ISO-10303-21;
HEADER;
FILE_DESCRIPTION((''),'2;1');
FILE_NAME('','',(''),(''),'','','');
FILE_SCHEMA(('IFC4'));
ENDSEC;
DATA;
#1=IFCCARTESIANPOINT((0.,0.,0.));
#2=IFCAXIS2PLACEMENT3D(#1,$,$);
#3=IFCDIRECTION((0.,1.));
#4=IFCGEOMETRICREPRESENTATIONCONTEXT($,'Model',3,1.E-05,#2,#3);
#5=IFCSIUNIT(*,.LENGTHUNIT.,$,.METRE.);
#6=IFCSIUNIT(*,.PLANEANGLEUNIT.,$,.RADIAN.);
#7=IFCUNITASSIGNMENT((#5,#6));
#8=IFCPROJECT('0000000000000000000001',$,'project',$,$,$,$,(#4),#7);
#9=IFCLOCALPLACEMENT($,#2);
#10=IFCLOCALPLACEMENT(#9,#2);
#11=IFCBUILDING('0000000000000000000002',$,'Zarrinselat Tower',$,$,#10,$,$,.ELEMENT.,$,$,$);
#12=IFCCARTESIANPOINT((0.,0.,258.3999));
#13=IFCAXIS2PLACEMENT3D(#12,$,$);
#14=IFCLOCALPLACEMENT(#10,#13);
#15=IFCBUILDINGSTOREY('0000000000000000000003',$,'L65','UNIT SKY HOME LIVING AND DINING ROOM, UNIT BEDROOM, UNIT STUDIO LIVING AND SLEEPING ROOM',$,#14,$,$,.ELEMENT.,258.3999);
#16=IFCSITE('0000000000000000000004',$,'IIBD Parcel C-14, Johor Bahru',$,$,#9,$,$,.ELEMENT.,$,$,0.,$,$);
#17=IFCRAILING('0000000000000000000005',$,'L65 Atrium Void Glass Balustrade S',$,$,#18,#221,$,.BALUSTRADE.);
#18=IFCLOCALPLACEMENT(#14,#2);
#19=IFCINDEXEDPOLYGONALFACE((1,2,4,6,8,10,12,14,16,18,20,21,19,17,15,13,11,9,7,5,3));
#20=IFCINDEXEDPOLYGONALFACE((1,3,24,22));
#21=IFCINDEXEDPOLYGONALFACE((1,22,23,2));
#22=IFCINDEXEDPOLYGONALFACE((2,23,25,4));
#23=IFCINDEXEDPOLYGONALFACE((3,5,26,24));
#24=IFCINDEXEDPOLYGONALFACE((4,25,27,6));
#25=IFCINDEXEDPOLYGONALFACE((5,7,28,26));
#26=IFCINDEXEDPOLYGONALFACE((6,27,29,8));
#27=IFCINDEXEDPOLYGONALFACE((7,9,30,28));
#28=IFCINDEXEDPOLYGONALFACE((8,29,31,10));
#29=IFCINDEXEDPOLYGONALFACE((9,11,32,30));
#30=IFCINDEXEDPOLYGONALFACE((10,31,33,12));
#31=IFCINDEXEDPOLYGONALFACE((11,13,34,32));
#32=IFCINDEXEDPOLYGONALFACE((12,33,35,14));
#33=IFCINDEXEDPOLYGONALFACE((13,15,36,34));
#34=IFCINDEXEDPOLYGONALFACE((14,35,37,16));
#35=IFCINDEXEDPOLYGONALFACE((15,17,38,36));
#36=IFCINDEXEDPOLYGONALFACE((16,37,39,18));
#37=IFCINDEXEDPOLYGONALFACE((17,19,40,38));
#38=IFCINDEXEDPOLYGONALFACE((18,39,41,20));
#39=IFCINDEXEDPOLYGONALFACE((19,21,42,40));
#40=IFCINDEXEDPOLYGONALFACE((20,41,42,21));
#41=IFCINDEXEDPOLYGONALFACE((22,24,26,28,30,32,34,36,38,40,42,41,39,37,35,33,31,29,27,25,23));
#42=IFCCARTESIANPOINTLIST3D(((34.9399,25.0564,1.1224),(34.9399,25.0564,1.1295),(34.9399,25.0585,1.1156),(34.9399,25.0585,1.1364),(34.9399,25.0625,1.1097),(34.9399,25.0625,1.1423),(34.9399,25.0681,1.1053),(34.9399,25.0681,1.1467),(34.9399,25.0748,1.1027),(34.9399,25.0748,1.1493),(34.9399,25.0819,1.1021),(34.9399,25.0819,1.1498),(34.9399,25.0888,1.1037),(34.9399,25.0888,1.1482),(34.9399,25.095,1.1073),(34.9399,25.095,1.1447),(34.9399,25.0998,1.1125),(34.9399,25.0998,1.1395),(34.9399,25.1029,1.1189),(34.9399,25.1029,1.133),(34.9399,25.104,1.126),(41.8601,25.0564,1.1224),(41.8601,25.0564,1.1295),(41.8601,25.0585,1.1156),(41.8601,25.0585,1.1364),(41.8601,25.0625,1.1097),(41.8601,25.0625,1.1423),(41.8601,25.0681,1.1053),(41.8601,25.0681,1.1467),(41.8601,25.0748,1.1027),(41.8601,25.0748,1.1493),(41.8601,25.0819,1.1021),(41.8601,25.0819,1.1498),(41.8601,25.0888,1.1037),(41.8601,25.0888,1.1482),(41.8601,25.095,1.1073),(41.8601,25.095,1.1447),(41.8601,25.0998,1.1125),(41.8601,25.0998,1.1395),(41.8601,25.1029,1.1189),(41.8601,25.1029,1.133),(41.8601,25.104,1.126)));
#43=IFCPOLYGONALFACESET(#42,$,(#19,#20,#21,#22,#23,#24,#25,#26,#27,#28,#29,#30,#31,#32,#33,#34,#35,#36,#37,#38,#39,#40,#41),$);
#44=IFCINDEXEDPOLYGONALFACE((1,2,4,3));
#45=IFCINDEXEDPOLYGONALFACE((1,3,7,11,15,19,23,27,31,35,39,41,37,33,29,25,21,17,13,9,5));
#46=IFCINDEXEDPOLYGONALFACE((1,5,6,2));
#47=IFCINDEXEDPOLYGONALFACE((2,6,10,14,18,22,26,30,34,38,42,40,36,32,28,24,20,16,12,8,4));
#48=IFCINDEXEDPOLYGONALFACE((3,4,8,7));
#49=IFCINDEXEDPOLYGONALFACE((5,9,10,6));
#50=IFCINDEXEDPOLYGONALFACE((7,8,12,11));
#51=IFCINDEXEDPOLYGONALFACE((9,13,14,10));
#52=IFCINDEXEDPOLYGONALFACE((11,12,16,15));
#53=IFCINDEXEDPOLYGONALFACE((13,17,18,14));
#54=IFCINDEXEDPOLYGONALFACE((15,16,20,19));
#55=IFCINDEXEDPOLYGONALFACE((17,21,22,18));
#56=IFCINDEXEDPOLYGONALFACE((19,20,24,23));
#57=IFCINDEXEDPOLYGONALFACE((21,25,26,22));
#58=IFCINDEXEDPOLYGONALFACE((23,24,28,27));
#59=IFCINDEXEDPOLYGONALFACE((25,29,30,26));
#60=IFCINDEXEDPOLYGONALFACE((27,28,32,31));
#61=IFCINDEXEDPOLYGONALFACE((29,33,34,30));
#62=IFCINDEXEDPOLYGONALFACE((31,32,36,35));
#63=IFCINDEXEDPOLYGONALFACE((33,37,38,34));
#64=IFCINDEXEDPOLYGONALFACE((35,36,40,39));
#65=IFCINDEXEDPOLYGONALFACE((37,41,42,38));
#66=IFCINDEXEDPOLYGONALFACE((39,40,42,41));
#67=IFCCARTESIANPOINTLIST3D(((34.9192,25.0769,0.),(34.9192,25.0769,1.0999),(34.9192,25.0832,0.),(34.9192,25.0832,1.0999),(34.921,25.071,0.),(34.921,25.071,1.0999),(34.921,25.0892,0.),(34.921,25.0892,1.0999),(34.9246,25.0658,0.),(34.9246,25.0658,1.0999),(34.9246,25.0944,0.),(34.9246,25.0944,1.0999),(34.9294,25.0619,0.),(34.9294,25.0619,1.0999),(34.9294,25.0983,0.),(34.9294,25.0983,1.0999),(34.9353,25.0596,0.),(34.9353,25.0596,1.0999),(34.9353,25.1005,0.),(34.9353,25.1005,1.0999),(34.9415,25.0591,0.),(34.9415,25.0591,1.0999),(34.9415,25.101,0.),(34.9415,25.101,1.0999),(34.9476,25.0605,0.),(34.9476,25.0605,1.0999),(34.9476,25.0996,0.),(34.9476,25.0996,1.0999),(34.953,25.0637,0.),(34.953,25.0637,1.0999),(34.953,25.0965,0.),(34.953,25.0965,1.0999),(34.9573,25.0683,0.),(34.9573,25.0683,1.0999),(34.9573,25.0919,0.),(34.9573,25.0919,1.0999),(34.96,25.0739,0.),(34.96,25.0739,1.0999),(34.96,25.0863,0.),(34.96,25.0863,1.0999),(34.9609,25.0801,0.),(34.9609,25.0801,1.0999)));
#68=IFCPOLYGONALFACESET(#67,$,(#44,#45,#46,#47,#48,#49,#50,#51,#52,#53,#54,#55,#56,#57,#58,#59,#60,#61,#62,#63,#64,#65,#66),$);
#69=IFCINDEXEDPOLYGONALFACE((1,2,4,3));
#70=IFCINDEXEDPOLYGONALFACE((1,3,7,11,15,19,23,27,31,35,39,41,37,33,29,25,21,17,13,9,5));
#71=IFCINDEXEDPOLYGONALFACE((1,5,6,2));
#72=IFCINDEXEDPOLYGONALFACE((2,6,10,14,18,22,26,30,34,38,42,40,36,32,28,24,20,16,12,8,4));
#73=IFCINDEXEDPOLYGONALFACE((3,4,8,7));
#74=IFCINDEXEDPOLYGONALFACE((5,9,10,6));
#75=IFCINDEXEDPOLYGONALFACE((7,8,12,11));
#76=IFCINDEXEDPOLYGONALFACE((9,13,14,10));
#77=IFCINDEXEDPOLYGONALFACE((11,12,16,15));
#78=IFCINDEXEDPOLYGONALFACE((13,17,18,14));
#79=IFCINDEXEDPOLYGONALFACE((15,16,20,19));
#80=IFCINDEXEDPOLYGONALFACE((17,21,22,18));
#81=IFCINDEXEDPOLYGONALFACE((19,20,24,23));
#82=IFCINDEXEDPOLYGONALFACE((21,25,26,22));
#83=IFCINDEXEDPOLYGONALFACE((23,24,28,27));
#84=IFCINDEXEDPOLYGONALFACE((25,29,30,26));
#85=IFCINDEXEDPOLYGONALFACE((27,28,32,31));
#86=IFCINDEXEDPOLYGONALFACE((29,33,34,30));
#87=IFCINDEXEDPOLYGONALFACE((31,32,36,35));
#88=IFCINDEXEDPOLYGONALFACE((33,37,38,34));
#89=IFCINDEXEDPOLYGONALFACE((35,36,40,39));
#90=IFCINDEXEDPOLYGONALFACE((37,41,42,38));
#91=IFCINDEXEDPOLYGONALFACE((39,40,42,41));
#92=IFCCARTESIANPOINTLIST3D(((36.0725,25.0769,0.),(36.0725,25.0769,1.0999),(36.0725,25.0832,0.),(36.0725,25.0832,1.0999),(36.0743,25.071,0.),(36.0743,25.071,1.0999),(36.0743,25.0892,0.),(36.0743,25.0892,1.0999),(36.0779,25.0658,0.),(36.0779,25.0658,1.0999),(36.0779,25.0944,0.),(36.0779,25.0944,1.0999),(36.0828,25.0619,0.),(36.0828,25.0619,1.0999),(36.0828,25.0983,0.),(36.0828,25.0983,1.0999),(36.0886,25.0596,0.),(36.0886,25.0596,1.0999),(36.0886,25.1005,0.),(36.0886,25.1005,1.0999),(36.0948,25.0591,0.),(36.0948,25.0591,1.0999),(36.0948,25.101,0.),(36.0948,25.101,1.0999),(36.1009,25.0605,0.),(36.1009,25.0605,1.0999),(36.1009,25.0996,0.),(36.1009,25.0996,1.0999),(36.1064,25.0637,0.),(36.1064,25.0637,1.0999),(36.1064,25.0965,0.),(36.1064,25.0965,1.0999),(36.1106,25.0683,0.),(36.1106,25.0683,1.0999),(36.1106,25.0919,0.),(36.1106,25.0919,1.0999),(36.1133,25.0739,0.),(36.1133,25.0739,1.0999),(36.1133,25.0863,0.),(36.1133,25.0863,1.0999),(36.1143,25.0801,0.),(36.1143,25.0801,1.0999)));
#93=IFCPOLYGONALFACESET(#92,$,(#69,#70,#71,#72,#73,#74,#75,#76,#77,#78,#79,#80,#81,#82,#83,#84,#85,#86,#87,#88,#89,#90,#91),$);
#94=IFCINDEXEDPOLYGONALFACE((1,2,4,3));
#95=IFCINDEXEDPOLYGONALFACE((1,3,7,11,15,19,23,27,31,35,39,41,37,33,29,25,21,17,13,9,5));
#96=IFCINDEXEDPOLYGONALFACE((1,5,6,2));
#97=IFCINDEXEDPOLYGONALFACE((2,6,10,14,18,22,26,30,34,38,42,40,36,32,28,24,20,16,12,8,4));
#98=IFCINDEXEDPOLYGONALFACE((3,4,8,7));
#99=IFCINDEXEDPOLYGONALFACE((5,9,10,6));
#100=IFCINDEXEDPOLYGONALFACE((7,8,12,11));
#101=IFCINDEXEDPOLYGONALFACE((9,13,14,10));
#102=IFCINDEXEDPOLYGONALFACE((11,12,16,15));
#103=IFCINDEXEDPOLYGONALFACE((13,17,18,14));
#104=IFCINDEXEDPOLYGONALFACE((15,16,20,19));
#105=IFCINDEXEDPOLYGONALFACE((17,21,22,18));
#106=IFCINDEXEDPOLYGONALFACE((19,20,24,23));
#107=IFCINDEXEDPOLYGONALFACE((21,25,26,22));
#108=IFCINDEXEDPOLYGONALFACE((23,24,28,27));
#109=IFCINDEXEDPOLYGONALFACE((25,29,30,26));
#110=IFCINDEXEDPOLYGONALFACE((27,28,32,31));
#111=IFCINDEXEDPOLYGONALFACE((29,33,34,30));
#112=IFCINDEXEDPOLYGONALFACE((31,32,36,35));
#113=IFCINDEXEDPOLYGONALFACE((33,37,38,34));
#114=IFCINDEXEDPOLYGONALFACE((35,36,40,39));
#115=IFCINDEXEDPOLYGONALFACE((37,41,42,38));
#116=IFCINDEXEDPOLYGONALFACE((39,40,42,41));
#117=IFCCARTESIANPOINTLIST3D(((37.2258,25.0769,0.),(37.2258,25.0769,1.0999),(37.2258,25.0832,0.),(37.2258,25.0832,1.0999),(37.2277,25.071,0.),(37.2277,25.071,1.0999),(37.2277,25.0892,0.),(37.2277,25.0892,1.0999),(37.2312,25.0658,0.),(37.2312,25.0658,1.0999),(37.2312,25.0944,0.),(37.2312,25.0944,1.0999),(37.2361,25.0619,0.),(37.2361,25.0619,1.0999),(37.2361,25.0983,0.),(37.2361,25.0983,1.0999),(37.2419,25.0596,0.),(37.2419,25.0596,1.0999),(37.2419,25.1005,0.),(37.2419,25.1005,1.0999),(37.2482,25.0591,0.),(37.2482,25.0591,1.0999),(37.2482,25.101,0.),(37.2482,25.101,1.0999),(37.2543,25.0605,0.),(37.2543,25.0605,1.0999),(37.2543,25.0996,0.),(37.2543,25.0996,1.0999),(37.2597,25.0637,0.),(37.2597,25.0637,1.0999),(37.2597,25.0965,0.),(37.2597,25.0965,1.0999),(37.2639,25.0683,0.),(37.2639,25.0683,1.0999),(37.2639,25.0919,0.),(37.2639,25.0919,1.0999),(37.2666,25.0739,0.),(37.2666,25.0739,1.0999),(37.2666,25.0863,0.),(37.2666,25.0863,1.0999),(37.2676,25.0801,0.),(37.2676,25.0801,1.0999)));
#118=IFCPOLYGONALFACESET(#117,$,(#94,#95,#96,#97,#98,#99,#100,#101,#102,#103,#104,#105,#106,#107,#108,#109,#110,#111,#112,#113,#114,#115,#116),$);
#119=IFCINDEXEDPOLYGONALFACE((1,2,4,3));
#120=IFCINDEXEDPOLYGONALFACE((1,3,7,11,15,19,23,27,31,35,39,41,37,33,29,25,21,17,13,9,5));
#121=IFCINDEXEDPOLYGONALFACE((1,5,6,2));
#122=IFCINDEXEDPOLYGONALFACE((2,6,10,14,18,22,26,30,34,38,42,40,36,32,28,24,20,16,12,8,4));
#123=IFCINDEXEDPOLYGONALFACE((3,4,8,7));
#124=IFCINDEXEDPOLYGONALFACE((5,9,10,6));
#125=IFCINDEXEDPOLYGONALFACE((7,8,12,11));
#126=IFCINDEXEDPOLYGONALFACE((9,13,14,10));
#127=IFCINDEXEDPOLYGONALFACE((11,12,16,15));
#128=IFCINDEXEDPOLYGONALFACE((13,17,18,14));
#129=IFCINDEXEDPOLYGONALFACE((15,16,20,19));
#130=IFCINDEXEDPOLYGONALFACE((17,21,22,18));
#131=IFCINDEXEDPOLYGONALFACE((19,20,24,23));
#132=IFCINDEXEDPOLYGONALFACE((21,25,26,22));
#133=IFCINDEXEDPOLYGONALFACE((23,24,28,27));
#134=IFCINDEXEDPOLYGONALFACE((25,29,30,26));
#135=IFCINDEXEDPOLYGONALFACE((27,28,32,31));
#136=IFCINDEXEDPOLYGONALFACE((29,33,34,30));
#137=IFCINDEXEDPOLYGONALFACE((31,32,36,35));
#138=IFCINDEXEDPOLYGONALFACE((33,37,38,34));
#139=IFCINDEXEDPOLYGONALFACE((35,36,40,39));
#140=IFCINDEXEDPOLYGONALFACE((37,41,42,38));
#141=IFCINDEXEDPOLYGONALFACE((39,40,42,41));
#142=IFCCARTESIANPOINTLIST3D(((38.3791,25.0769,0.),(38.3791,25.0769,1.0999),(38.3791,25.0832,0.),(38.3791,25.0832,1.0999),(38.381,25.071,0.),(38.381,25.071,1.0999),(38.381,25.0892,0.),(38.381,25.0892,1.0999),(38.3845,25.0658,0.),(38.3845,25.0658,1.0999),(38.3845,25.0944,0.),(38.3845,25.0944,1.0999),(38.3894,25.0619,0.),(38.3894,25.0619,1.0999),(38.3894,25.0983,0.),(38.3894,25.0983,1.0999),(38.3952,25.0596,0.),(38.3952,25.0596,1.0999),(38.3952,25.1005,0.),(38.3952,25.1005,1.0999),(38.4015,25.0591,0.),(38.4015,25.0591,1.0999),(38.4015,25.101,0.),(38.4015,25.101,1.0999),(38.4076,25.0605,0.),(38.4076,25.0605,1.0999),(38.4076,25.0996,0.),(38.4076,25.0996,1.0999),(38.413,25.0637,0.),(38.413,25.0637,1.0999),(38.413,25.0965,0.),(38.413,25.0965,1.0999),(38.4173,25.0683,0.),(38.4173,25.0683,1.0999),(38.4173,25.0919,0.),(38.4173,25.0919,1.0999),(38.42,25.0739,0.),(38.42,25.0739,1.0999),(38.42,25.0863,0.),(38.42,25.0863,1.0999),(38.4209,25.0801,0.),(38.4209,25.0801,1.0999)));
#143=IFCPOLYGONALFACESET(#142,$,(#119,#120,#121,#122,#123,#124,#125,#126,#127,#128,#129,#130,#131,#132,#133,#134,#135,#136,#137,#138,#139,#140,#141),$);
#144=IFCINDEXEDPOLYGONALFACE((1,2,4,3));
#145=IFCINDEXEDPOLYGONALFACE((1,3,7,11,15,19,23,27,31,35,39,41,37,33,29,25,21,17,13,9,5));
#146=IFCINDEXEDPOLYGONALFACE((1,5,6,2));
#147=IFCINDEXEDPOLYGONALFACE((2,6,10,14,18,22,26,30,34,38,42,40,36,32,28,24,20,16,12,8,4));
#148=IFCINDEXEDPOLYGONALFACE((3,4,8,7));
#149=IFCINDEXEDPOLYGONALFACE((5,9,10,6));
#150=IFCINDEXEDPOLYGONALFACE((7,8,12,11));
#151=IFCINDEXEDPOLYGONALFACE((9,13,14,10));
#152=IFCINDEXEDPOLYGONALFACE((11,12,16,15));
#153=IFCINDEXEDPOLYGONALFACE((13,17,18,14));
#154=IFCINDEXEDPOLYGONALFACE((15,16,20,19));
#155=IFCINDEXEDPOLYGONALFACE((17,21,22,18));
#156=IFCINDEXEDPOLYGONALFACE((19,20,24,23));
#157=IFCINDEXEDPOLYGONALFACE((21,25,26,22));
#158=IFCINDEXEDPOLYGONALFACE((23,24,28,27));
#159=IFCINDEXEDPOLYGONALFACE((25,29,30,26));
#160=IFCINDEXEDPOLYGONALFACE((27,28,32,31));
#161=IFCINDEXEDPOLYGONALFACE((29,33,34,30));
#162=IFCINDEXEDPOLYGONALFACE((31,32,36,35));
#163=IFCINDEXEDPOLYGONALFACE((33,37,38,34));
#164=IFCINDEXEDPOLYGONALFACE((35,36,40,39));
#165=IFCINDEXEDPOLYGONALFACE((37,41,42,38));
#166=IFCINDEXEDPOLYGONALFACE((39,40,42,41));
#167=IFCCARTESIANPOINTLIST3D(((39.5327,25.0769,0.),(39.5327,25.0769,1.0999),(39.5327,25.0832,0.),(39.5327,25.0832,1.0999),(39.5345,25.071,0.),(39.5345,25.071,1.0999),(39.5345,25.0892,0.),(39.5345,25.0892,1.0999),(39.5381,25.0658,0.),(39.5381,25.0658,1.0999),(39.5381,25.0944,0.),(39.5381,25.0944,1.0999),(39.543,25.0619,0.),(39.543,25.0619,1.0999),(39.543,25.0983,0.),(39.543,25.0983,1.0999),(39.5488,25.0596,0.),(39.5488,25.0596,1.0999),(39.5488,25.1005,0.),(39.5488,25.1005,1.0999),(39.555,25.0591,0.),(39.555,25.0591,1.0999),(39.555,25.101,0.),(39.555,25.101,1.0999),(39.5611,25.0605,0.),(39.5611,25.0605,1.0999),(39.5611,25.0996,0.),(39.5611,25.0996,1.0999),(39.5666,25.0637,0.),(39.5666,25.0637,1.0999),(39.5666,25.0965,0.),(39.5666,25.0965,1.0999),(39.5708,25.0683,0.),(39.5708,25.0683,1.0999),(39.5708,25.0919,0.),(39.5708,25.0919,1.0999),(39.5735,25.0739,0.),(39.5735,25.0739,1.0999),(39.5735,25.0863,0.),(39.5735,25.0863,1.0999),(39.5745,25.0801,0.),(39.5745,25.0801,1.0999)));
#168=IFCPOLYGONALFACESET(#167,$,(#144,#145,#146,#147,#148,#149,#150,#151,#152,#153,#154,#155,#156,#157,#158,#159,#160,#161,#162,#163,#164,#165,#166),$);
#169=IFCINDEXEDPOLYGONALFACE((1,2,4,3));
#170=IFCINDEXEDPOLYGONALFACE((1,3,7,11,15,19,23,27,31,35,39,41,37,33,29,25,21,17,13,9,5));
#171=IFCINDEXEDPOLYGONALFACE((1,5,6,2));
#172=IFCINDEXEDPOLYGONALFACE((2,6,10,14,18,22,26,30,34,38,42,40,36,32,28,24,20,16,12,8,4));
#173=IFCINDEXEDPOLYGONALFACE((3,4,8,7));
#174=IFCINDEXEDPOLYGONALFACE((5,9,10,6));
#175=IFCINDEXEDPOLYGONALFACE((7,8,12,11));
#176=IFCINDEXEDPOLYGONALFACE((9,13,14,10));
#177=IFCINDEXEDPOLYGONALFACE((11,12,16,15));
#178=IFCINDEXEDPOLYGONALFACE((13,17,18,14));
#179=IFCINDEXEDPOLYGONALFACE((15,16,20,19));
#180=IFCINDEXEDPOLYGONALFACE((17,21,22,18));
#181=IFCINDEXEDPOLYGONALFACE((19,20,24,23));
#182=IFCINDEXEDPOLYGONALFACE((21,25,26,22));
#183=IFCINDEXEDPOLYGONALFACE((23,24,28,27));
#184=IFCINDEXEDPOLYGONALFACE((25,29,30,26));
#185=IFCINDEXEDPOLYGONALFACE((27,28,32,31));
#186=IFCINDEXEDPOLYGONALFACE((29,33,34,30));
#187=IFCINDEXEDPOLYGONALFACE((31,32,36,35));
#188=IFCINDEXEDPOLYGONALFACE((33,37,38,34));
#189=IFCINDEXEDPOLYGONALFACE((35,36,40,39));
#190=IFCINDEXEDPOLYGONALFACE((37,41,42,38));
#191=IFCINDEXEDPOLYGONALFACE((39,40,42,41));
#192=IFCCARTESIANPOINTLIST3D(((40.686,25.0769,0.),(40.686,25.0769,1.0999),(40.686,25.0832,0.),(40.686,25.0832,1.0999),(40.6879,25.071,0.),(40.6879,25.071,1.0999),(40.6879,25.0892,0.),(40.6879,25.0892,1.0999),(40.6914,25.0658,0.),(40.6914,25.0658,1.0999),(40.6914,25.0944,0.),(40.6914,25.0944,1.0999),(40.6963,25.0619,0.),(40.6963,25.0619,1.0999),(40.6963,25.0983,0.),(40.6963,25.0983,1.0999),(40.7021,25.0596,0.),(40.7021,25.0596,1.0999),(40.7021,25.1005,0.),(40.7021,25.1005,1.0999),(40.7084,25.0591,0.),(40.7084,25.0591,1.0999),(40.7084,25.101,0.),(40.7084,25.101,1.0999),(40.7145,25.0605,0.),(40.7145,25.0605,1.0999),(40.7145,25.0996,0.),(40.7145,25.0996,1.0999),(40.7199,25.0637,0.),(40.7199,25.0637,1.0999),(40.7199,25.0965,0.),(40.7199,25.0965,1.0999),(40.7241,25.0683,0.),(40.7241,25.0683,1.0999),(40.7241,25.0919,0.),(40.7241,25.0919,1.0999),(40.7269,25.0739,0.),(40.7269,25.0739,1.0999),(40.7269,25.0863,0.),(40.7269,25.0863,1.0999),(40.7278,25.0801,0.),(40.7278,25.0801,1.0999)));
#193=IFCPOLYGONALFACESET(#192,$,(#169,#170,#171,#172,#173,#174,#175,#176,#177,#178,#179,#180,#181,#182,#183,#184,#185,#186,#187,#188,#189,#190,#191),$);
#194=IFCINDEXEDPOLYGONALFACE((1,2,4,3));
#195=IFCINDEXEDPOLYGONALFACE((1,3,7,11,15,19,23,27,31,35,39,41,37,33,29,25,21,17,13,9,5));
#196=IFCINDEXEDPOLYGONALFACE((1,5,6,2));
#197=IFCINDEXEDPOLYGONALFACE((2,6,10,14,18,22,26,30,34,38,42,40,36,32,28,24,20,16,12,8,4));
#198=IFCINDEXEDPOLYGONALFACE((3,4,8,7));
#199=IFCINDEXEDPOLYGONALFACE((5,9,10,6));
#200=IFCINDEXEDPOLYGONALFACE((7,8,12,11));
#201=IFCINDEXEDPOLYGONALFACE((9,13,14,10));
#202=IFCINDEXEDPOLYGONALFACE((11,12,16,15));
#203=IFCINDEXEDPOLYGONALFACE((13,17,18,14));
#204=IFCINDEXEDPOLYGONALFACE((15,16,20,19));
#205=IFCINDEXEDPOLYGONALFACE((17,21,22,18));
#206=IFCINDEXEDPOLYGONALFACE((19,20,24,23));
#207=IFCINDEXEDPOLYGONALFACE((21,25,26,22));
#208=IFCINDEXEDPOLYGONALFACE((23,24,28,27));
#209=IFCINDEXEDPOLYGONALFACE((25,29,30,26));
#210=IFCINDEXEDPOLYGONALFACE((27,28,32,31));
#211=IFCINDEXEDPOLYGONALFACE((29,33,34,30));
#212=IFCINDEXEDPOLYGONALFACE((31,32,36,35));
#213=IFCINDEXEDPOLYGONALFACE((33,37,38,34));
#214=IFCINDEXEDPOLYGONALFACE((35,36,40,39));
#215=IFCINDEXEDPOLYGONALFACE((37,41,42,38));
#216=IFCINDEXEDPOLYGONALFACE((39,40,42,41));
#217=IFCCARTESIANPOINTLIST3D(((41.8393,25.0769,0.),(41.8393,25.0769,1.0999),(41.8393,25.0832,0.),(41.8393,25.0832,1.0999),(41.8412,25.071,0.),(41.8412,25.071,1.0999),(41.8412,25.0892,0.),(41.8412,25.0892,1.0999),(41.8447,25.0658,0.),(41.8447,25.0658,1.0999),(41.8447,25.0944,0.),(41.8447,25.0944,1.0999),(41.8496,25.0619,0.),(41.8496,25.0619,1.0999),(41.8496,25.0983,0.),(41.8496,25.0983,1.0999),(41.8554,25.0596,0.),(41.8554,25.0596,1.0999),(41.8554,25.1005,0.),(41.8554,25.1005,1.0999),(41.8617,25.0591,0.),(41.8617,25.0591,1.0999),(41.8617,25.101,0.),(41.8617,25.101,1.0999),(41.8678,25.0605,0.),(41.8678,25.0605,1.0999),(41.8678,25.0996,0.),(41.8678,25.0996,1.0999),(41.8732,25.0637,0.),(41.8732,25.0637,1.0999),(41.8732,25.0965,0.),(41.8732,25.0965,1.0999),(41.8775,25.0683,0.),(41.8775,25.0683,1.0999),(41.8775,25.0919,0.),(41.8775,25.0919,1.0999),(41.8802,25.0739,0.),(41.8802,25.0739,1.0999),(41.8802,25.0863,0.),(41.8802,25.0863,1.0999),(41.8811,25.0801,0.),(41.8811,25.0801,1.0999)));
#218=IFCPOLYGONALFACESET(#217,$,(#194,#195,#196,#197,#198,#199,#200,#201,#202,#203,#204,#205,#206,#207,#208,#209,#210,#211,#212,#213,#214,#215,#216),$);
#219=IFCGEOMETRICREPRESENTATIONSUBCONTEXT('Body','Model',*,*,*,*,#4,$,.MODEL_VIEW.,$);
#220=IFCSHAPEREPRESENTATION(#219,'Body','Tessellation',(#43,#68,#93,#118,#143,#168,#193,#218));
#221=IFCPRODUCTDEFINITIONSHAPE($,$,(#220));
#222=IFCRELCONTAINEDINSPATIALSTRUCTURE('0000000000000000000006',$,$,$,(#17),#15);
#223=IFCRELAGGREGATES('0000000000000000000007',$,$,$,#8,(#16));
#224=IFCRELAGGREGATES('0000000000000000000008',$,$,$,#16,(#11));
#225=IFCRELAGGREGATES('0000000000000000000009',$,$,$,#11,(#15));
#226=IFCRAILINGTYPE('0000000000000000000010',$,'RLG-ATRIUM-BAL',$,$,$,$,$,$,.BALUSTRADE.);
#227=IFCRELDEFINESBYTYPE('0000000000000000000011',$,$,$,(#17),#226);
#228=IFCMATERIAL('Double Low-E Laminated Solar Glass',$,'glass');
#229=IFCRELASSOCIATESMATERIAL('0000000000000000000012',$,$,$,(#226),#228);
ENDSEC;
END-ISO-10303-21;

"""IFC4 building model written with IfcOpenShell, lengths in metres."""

from ifc_helpers import new_model, si_unit, direction, frame, origin, origin_2d, place, context, subcontext, project, spatial, circle, extrude, material, type_object, element, save


model = new_model("IFC4")

# Units and contexts
model_context = context("Model", 3, precision=1e-05, world=origin(), true_north=direction((0.0, 1.0)))
body_context = subcontext(model_context, "Body", "Model", "MODEL_VIEW")
ifc_project = project(units=[si_unit("LENGTHUNIT", "METRE"), si_unit("PLANEANGLEUNIT", "RADIAN")], contexts=[model_context])

# Site, building, storey
site_placement = place(None, origin())
site = spatial("IfcSite", under=ifc_project, at=site_placement, Name="IIBD Parcel C-14, Johor Bahru", CompositionType="ELEMENT", RefElevation=0.0)
building_placement = place(site_placement, origin())
building = spatial("IfcBuilding", under=site, at=building_placement, Name="Zarrinselat Tower", CompositionType="ELEMENT")
storey_placement = place(building_placement, frame((0.0, 0.0, 258.3999)))
storey = spatial("IfcBuildingStorey", under=building, at=storey_placement, Name="L65", Description="UNIT SKY HOME LIVING AND DINING ROOM, UNIT BEDROOM, UNIT STUDIO LIVING AND SLEEPING ROOM", CompositionType="ELEMENT", Elevation=258.3999)

# Railing
ifc_material_1 = material(Name="Double Low-E Laminated Solar Glass", Category="glass")
railing_type = type_object("IfcRailingType", Name="RLG-ATRIUM-BAL", PredefinedType="BALUSTRADE", material=ifc_material_1)
railing_1_placement = place(storey_placement, frame((34.9399, 25.0801, 0.0)))
element("IfcRailing", 1, at=railing_1_placement, inside=storey, type_object=railing_type, Name="L65 Atrium Void Glass Balustrade S", PredefinedType="BALUSTRADE", context=body_context, shape_type="SweptSolid", body=[
    extrude(circle(Radius=0.0239, at=origin_2d()), frame((0.0, 0.0, 1.126), z_axis=(1.0, 0.0, 0.0), x_axis=(0.0, 1.0, 0.0)), (0.0, 0.0, 1.0), 6.9202),
    extrude(circle(Radius=0.021, at=origin_2d()), origin(), (0.0, 0.0, 1.0), 1.0999),
    extrude(circle(Radius=0.021, at=origin_2d()), frame((1.1533, 0.0, 0.0)), (0.0, 0.0, 1.0), 1.0999),
    extrude(circle(Radius=0.021, at=origin_2d()), frame((2.3066, 0.0, 0.0)), (0.0, 0.0, 1.0), 1.0999),
    extrude(circle(Radius=0.021, at=origin_2d()), frame((3.46, 0.0, 0.0)), (0.0, 0.0, 1.0), 1.0999),
    extrude(circle(Radius=0.021, at=origin_2d()), frame((4.6135, 0.0, 0.0)), (0.0, 0.0, 1.0), 1.0999),
    extrude(circle(Radius=0.021, at=origin_2d()), frame((5.7668, 0.0, 0.0)), (0.0, 0.0, 1.0), 1.0999),
    extrude(circle(Radius=0.021, at=origin_2d()), frame((6.9202, 0.0, 0.0)), (0.0, 0.0, 1.0), 1.0999),
])

save(model, "model.ifc")
